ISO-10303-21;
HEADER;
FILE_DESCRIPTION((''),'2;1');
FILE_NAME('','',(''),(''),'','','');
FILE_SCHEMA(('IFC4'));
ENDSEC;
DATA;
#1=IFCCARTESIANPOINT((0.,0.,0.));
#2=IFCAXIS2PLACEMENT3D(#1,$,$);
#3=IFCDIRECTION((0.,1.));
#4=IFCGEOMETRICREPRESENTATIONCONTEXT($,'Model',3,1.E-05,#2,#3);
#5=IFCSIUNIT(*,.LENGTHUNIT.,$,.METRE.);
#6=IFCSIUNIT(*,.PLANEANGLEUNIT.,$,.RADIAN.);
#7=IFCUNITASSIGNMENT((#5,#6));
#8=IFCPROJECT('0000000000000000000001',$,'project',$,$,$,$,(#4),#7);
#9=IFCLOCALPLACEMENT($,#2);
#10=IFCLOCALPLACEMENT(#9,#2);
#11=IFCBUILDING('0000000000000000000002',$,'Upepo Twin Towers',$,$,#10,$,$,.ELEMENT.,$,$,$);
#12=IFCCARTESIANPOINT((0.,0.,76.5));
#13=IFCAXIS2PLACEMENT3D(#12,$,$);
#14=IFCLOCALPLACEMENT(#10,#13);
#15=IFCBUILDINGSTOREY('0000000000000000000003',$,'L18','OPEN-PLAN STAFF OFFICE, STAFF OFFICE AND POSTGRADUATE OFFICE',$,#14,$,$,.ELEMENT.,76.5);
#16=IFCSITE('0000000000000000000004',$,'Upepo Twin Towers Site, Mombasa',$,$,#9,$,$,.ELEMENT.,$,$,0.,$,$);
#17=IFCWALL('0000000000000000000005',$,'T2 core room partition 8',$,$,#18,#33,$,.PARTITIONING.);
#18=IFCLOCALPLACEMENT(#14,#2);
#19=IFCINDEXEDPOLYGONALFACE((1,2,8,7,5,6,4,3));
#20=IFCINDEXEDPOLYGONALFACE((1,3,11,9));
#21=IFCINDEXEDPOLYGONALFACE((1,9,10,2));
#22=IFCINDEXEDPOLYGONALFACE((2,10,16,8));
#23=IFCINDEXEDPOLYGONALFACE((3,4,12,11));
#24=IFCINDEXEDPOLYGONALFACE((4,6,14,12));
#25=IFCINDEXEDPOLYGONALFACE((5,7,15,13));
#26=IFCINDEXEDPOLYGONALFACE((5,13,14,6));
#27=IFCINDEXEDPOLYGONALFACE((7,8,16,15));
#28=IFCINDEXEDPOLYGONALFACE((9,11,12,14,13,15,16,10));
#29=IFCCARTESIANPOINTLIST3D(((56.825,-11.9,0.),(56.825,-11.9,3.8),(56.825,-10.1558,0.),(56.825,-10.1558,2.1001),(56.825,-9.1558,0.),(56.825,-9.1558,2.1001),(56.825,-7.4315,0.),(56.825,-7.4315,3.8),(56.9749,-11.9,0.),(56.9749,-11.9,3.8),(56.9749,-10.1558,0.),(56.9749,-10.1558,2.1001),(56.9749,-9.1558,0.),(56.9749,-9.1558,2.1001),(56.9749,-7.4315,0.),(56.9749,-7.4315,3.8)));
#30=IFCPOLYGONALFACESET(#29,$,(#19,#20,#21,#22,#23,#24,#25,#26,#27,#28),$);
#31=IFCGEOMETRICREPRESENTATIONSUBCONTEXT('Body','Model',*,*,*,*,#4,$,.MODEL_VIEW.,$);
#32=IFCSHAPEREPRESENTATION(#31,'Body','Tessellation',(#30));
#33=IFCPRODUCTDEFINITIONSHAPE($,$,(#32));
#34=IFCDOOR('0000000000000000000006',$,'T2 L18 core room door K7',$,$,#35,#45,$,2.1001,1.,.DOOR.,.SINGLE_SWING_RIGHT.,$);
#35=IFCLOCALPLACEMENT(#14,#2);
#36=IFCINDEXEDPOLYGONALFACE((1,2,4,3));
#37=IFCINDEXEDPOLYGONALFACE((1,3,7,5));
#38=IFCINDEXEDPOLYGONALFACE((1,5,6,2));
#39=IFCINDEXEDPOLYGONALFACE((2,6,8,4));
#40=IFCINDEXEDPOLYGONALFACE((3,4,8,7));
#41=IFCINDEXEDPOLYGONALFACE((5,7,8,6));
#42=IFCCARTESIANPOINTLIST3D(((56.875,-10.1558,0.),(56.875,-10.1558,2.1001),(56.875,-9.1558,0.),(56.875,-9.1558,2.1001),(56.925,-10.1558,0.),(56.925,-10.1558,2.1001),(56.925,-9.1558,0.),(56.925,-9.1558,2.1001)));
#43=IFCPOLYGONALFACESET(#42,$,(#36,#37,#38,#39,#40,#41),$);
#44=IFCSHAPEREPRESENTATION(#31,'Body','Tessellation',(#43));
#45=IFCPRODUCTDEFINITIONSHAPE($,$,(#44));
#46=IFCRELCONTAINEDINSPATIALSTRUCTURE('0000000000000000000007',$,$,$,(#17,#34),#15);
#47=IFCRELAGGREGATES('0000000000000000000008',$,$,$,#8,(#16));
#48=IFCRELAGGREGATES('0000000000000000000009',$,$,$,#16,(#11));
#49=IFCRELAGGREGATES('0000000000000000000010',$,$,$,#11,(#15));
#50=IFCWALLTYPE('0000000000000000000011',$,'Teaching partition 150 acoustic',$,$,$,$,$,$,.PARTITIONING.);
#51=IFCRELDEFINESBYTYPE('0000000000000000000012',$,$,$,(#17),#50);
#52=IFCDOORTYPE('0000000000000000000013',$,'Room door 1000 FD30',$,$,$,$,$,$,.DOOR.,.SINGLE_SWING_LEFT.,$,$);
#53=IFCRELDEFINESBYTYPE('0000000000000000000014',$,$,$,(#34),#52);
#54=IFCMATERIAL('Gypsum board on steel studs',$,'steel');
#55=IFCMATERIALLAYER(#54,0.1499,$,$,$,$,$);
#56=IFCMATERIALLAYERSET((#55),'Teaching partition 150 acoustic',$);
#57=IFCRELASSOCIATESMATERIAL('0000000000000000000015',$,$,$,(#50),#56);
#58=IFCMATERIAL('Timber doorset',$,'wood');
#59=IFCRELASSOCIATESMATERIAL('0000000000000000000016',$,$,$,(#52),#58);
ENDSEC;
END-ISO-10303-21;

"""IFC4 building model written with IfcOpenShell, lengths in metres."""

from ifc_helpers import new_model, si_unit, direction, frame, frame_2d, origin, place, context, subcontext, project, spatial, rectangle, extrude, material, layer, layer_set, type_object, element, fill, save


model = new_model("IFC4")

# Units and contexts
model_context = context("Model", 3, precision=1e-05, world=origin(), true_north=direction((0.0, 1.0)))
body_context = subcontext(model_context, "Body", "Model", "MODEL_VIEW")
ifc_project = project(units=[si_unit("LENGTHUNIT", "METRE"), si_unit("PLANEANGLEUNIT", "RADIAN")], contexts=[model_context])

# Site, building, storey
site_placement = place(None, origin())
site = spatial("IfcSite", under=ifc_project, at=site_placement, Name="Upepo Twin Towers Site, Mombasa", CompositionType="ELEMENT", RefElevation=0.0)
building_placement = place(site_placement, origin())
building = spatial("IfcBuilding", under=site, at=building_placement, Name="Upepo Twin Towers", CompositionType="ELEMENT")
storey_placement = place(building_placement, frame((0.0, 0.0, 76.5)))
storey = spatial("IfcBuildingStorey", under=building, at=storey_placement, Name="L18", Description="OPEN-PLAN STAFF OFFICE, STAFF OFFICE AND POSTGRADUATE OFFICE", CompositionType="ELEMENT", Elevation=76.5)

# Shared definitions
ifc_material_1 = material(Name="Gypsum board on steel studs", Category="steel")
ifc_layer_1 = layer(ifc_material_1, 0.1499)
ifc_layer_set_1 = layer_set([ifc_layer_1], Name="Teaching partition 150 acoustic")
wall_type_1 = type_object("IfcWallType", Name="Teaching partition 150 acoustic", PredefinedType="PARTITIONING", material=ifc_layer_set_1)

# Wall, opening, door
wall_1_placement = place(storey_placement, frame((56.8999, -11.9001, 0.0), z_axis=(0.0, 0.0, 1.0), x_axis=(0.0, 1.0, 0.0)))
wall_1 = element("IfcWall", 1, at=wall_1_placement, inside=storey, type_object=wall_type_1, Name="T2 core room partition 8", PredefinedType="PARTITIONING", context=body_context, shape_type="SweptSolid", body=[
    extrude(rectangle(XDim=4.4685, YDim=0.1499, at=frame_2d((2.2344, 0.0))), origin(), (0.0, 0.0, 1.0), 3.8),
])
opening_1_placement = place(wall_1_placement, frame((1.7444, 0.0, 0.0)))
opening_1 = element("IfcOpeningElement", 2, at=opening_1_placement, cuts=wall_1, PredefinedType="OPENING", context=body_context, shape_type="SweptSolid", body=[
    extrude(rectangle(XDim=1.0, YDim=2.1001, at=frame_2d((0.5, 1.05))), frame((0.0, 0.085, 0.0), z_axis=(0.0, -1.0, 0.0), x_axis=(1.0, 0.0, 0.0)), (0.0, 0.0, 1.0), 0.1699),
])
ifc_material_2 = material(Name="Timber doorset", Category="wood")
door_type_1 = type_object("IfcDoorType", Name="Room door 1000 FD30", OperationType="SINGLE_SWING_LEFT", PredefinedType="DOOR", material=ifc_material_2)
door_1_placement = place(opening_1_placement, origin())
door_1 = element("IfcDoor", 3, at=door_1_placement, inside=storey, type_object=door_type_1, Name="T2 L18 core room door K7", OperationType="SINGLE_SWING_RIGHT", OverallHeight=2.1001, OverallWidth=1.0, PredefinedType="DOOR", context=body_context, shape_type="SweptSolid", body=[
    extrude(rectangle(XDim=1.0, YDim=2.1001, at=frame_2d((0.5, 1.05))), frame((0.0, 0.0249, 0.0), z_axis=(0.0, -1.0, 0.0), x_axis=(1.0, 0.0, 0.0)), (0.0, 0.0, 1.0), 0.05),
])
fill(opening_1, door_1)

save(model, "model.ifc")
